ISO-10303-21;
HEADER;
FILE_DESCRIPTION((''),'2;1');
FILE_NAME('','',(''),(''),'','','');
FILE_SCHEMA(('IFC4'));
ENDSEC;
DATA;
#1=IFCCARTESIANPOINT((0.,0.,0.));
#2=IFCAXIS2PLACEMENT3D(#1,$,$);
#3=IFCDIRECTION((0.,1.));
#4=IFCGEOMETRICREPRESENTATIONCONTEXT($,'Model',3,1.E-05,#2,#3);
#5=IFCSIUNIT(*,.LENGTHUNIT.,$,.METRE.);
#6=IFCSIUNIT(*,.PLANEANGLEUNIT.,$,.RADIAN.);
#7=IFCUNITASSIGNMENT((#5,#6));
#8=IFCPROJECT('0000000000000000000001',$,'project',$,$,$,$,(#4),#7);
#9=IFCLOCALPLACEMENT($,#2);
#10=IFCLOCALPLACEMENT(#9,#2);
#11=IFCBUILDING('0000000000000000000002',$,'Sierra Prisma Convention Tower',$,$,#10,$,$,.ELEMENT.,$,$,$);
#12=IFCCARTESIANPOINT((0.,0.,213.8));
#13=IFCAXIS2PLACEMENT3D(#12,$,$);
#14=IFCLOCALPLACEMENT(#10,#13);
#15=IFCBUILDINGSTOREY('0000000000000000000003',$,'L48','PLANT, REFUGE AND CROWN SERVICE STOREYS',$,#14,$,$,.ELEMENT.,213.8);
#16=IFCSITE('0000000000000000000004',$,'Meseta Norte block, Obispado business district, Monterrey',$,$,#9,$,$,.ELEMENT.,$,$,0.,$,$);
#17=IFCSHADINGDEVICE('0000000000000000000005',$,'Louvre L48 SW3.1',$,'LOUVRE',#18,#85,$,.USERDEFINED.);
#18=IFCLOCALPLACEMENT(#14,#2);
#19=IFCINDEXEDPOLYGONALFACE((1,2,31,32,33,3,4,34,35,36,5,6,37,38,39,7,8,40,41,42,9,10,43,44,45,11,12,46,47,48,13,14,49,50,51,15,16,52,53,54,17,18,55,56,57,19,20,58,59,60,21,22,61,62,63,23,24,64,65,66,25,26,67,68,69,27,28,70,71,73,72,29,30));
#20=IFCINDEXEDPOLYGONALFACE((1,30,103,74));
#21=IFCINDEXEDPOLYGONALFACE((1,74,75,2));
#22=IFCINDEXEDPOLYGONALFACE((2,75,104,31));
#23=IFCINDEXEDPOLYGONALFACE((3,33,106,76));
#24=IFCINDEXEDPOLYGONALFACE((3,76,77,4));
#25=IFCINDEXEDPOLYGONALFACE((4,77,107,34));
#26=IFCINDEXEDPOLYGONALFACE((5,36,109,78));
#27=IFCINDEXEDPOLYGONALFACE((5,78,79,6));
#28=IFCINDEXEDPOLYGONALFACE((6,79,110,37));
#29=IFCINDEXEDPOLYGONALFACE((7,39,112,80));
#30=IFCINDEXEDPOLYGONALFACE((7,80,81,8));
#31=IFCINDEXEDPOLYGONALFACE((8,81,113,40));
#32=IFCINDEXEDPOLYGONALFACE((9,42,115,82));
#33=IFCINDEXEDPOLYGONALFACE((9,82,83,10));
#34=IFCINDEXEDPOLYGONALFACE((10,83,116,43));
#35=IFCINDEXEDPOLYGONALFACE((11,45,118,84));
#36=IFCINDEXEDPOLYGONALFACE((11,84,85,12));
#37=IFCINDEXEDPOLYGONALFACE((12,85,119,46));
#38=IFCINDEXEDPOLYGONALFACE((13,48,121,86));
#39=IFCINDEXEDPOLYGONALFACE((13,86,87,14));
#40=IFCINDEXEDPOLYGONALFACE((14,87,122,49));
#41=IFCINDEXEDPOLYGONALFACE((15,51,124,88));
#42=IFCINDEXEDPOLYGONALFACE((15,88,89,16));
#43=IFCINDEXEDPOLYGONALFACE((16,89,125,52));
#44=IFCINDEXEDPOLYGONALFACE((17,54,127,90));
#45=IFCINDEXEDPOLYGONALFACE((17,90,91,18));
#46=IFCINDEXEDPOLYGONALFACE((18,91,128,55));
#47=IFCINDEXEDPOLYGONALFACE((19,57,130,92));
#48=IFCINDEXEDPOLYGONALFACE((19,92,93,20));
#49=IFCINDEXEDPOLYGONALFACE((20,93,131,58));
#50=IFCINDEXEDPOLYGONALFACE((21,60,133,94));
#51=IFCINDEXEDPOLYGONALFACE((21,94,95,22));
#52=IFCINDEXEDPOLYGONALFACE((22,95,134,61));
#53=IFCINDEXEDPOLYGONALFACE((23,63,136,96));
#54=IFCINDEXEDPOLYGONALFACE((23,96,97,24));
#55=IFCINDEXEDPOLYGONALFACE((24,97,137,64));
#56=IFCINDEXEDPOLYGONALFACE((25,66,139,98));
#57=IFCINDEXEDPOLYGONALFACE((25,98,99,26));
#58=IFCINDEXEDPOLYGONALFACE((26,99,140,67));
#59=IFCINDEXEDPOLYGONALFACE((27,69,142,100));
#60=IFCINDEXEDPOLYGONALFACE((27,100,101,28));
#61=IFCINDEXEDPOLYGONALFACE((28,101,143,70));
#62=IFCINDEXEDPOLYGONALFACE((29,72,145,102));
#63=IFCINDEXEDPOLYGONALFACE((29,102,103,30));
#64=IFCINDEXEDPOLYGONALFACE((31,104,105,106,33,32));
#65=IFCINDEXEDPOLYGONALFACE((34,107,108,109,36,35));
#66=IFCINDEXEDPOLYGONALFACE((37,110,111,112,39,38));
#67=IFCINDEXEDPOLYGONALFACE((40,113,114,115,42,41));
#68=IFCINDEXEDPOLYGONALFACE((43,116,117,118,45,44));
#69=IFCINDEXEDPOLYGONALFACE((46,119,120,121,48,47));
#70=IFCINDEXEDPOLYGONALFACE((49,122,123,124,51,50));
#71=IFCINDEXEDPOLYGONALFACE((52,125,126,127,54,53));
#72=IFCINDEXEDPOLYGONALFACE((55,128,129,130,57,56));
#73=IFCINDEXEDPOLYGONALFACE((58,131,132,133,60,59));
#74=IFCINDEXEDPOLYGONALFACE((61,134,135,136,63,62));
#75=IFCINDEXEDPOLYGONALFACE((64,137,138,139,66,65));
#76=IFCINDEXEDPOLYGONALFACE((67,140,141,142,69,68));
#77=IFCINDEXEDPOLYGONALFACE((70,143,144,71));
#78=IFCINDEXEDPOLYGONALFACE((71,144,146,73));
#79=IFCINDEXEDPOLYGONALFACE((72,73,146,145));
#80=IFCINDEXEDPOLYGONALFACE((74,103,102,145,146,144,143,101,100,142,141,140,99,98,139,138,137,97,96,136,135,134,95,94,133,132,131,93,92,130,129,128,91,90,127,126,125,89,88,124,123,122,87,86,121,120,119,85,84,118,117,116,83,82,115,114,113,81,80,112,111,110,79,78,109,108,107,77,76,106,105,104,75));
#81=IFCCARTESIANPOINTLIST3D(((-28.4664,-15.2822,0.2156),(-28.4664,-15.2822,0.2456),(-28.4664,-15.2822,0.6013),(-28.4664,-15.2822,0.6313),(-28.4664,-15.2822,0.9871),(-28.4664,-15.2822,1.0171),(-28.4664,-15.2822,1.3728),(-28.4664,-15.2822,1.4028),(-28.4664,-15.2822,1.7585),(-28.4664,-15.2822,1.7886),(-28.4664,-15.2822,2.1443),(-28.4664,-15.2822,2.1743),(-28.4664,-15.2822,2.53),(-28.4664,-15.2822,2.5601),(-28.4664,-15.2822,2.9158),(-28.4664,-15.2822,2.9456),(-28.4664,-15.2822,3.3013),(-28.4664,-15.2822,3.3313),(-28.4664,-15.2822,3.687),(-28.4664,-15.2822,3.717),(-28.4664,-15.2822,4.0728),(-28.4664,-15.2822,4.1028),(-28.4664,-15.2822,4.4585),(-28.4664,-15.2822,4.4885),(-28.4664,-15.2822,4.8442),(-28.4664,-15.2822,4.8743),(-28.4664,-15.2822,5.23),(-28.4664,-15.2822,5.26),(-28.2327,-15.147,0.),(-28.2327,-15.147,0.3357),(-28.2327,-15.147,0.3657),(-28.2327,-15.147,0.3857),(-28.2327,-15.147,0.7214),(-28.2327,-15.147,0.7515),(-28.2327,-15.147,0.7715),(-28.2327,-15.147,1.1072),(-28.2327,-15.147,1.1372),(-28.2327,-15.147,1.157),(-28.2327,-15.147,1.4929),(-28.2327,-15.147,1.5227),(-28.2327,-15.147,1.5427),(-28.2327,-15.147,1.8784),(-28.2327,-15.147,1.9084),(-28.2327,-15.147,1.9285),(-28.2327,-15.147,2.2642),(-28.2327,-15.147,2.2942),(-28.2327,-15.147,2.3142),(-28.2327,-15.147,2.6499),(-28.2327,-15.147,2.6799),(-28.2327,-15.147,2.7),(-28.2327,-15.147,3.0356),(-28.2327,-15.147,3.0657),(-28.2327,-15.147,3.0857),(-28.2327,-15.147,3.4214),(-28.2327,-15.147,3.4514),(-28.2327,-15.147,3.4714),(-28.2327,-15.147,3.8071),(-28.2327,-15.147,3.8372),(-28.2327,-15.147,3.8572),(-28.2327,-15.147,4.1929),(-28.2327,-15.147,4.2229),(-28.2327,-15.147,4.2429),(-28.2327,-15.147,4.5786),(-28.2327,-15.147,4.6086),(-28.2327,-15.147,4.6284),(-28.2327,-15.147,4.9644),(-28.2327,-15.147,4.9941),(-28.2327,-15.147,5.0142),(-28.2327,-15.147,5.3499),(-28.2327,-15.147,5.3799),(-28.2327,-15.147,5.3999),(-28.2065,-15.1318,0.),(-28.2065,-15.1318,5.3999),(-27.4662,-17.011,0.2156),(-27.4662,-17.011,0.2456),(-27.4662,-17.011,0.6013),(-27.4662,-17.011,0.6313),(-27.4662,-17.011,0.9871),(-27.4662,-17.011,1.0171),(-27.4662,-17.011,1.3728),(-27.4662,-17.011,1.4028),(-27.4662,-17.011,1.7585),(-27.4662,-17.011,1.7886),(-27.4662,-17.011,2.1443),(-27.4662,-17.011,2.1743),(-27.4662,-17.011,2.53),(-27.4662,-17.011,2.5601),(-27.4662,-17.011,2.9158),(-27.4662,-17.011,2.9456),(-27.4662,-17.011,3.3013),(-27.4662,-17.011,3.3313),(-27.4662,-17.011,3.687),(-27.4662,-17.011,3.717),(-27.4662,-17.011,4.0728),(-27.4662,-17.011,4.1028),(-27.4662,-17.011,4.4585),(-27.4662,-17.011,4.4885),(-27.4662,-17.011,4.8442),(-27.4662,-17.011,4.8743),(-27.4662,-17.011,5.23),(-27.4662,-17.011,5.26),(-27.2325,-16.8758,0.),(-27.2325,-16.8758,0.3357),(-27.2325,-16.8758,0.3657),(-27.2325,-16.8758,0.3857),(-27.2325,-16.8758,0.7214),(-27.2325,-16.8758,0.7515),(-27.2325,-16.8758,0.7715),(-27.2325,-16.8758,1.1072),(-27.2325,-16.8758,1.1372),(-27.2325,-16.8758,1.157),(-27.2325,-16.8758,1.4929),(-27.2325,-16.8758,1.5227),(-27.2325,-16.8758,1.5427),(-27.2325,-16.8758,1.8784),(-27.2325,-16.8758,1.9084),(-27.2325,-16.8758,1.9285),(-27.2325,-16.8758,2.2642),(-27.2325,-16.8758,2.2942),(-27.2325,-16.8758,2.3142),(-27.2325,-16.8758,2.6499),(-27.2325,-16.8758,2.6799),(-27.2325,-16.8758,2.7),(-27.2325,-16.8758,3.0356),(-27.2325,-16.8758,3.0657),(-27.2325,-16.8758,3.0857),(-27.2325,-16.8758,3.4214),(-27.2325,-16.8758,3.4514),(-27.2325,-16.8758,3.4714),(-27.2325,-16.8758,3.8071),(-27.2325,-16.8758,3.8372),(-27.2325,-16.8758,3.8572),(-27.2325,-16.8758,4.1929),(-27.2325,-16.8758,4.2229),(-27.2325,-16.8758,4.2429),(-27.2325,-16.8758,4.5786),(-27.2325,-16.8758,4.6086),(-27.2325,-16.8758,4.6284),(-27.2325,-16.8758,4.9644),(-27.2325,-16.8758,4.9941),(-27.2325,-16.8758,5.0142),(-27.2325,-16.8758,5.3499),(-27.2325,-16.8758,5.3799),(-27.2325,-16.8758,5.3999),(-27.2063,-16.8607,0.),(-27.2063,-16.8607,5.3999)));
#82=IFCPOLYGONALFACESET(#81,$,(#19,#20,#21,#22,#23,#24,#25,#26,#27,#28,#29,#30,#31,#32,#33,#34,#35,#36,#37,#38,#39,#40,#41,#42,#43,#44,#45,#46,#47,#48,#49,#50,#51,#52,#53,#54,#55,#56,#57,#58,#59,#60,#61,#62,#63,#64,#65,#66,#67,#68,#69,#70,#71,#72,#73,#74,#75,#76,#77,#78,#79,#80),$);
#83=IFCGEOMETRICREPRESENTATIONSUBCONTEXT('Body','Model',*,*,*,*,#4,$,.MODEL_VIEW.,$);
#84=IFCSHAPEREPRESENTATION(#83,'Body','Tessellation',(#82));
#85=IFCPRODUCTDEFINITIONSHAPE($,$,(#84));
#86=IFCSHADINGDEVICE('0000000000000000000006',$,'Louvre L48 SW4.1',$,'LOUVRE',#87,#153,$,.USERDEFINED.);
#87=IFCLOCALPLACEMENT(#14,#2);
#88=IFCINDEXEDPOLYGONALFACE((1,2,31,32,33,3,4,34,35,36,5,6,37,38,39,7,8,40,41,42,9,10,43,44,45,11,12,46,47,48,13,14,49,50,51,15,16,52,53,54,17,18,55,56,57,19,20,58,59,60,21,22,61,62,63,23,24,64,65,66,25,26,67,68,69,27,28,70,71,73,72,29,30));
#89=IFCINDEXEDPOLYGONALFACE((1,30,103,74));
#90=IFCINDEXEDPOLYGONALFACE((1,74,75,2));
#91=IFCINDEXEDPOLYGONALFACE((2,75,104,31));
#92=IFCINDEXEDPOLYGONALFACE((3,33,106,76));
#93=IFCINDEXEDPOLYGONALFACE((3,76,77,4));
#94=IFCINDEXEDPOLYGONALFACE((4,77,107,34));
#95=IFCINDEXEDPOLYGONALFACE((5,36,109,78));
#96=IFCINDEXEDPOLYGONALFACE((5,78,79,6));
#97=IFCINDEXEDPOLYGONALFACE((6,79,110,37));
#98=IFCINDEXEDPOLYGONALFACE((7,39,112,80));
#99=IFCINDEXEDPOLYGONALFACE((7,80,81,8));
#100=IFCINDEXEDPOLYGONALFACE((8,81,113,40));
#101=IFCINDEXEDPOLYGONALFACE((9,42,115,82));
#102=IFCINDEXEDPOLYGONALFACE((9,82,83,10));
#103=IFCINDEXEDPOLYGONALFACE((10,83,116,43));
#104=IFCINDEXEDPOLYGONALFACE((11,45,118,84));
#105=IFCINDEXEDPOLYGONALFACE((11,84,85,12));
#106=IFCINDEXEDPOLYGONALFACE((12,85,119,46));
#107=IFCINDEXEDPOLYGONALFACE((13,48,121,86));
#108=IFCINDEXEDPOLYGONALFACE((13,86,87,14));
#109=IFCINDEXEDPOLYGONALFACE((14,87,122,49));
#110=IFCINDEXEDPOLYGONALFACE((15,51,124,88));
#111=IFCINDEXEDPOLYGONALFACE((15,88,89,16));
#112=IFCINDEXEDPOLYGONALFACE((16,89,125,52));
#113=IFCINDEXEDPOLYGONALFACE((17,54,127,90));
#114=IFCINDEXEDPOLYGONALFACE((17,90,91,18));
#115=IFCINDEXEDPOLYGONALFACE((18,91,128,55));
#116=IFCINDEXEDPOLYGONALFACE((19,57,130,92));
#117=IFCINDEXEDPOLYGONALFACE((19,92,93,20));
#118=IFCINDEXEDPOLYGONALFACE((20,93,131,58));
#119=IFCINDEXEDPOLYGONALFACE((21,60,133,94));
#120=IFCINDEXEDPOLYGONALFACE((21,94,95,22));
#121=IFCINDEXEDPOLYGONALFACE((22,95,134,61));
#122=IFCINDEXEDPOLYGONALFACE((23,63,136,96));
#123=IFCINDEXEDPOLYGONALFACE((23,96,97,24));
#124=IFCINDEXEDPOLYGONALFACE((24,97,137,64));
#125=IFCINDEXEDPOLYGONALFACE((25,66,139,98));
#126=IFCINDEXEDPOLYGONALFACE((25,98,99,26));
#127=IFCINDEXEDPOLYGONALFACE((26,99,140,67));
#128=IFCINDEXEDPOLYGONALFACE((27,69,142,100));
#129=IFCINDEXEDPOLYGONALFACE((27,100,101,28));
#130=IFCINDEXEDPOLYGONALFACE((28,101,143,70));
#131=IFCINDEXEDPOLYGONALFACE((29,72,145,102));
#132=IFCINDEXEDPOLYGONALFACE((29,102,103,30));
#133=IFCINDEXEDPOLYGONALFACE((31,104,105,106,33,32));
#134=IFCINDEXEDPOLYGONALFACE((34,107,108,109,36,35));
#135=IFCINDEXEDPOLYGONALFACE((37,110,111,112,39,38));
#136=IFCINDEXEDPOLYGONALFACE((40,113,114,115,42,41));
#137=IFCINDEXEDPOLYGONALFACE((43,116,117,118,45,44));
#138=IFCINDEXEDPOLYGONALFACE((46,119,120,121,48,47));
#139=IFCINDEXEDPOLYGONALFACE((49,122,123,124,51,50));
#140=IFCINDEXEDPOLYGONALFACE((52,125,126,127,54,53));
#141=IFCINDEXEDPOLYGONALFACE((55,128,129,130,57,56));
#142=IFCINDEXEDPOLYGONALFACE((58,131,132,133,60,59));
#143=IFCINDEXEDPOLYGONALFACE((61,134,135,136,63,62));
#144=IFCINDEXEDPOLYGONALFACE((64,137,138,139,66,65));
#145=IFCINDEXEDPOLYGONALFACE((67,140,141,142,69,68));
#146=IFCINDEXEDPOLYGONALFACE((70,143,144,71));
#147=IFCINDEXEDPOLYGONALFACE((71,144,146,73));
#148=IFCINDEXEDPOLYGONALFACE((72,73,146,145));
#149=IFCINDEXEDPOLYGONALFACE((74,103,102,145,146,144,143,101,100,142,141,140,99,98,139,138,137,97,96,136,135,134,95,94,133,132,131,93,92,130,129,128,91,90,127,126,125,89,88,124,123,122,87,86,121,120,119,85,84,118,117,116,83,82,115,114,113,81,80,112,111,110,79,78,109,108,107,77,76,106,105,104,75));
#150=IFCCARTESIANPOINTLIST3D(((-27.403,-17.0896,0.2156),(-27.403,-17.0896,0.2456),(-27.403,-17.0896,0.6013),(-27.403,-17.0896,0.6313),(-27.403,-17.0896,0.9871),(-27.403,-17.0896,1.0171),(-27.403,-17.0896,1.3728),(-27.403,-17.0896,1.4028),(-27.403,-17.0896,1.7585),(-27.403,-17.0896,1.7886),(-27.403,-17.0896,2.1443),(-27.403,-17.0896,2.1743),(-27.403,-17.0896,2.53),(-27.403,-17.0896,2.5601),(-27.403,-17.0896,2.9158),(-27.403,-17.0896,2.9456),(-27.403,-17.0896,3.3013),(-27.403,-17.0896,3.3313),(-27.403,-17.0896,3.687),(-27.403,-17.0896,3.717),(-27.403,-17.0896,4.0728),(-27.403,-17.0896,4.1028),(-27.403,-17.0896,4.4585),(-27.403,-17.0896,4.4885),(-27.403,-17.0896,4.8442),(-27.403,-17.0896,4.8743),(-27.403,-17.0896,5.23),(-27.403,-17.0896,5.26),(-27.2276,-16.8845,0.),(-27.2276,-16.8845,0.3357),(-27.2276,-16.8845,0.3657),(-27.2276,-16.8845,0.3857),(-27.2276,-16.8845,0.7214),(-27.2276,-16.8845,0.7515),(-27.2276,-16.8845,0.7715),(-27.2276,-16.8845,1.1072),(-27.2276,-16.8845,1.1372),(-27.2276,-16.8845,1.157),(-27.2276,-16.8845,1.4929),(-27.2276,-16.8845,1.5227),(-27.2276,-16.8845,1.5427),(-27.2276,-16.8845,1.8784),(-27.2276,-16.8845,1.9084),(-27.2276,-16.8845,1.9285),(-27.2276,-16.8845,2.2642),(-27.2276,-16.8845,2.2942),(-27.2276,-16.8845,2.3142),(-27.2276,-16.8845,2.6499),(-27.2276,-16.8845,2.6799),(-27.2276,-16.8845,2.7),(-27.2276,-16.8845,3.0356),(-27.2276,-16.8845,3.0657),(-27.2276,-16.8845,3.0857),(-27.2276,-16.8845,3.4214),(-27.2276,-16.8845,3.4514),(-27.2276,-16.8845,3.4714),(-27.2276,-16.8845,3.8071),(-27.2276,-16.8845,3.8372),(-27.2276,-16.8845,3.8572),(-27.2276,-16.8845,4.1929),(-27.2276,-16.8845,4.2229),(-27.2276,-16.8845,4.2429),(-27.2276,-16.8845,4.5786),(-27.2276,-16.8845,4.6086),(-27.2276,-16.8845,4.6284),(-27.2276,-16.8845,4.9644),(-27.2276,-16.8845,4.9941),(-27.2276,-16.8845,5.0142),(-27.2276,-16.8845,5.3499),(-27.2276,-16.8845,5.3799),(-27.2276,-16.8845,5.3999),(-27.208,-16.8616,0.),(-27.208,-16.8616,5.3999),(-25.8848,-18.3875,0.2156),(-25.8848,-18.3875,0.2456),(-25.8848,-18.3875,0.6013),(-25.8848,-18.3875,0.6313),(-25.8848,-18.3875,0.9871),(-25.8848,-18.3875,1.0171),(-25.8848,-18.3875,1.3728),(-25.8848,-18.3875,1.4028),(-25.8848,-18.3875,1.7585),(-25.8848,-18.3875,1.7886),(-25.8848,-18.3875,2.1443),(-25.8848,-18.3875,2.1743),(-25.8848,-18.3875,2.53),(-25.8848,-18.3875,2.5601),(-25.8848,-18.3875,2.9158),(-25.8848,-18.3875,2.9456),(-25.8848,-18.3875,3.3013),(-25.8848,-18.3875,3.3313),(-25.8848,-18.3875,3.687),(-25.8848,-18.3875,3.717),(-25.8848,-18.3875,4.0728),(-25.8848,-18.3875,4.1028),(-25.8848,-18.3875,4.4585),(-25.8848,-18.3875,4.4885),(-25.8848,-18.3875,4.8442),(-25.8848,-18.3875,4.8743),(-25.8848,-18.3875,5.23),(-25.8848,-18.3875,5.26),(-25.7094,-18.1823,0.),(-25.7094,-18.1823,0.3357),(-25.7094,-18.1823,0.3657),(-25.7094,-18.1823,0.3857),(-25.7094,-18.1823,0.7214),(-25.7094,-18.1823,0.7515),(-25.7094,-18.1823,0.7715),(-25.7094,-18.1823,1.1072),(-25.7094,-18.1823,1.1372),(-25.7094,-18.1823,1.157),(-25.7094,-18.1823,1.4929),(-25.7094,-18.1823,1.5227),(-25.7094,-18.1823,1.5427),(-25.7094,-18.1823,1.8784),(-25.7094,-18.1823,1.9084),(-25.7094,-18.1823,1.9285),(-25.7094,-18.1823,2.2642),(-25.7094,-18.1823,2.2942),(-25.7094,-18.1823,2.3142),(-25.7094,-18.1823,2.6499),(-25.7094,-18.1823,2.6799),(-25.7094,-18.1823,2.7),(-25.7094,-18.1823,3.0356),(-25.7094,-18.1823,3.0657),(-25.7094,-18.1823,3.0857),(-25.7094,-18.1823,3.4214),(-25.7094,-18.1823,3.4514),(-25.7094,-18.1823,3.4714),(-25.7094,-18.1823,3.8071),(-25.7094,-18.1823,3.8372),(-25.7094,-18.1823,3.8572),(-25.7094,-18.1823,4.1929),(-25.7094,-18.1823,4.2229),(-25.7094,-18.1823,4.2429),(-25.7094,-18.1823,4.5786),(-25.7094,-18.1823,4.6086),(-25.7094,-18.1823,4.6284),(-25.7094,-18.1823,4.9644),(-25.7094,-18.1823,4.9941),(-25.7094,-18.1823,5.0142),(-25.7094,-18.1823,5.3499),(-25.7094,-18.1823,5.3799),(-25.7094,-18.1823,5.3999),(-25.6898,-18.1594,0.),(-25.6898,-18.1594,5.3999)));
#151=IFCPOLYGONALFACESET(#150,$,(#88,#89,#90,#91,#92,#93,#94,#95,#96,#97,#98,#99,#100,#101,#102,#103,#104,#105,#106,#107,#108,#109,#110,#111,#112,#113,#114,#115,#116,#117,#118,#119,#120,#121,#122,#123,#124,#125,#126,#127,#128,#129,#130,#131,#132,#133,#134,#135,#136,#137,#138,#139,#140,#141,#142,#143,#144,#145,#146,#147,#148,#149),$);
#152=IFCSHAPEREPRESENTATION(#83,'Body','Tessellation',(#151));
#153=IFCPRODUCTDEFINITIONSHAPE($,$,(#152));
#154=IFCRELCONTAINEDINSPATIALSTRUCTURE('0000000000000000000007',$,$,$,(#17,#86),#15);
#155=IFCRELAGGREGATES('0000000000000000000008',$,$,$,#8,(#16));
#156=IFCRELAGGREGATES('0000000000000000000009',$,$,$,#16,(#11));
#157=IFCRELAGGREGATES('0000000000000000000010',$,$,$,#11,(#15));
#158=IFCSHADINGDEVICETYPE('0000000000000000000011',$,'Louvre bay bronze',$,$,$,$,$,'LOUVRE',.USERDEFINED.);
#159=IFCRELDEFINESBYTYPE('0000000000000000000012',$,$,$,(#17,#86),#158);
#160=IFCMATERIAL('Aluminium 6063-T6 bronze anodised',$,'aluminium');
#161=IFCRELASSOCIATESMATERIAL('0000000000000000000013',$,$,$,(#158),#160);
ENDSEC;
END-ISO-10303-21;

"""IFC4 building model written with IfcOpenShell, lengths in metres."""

from ifc_helpers import new_model, si_unit, direction, frame, origin, place, context, subcontext, project, spatial, polyline, outline, extrude, material, type_object, element, save


model = new_model("IFC4")

# Units and contexts
model_context = context("Model", 3, precision=1e-05, world=origin(), true_north=direction((0.0, 1.0)))
body_context = subcontext(model_context, "Body", "Model", "MODEL_VIEW")
ifc_project = project(units=[si_unit("LENGTHUNIT", "METRE"), si_unit("PLANEANGLEUNIT", "RADIAN")], contexts=[model_context])

# Site, building, storey
site_placement = place(None, origin())
site = spatial("IfcSite", under=ifc_project, at=site_placement, Name="Meseta Norte block, Obispado business district, Monterrey", CompositionType="ELEMENT", RefElevation=0.0)
building_placement = place(site_placement, origin())
building = spatial("IfcBuilding", under=site, at=building_placement, Name="Sierra Prisma Convention Tower", CompositionType="ELEMENT")
storey_placement = place(building_placement, frame((0.0, 0.0, 213.8)))
storey = spatial("IfcBuildingStorey", under=building, at=storey_placement, Name="L48", Description="PLANT, REFUGE AND CROWN SERVICE STOREYS", CompositionType="ELEMENT", Elevation=213.8)

# Shading devices
ifc_material_1 = material(Name="Aluminium 6063-T6 bronze anodised", Category="aluminium")
shading_device_type = type_object("IfcShadingDeviceType", Name="Louvre bay bronze", ElementType="LOUVRE", PredefinedType="USERDEFINED", material=ifc_material_1)
shading_device_1_placement = place(storey_placement, frame((-28.2065, -15.1318, 0.0), z_axis=(-0.500771, 0.86558, 0.0), x_axis=(0.0, 0.0, 1.0)))
element("IfcShadingDevice", 1, at=shading_device_1_placement, inside=storey, type_object=shading_device_type, Name="Louvre L48 SW3.1", ObjectType="LOUVRE", PredefinedType="USERDEFINED", context=body_context, shape_type="SweptSolid", body=[
    extrude(outline(polyline([(0.0, 0.0), (5.3999, 0.0), (5.3999, -0.0302), (5.3799, -0.0302), (5.26, -0.3002), (5.23, -0.3002), (5.3499, -0.0302), (5.0142, -0.0302), (4.9941, -0.0302), (4.8743, -0.3002), (4.8442, -0.3002), (4.9644, -0.0302), (4.6284, -0.0302), (4.6086, -0.0302), (4.4885, -0.3002), (4.4585, -0.3002), (4.5786, -0.0302), (4.2429, -0.0302), (4.2229, -0.0302), (4.1028, -0.3002), (4.0728, -0.3002), (4.1929, -0.0302), (3.8572, -0.0302), (3.8372, -0.0302), (3.717, -0.3002), (3.687, -0.3002), (3.8071, -0.0302), (3.4714, -0.0302), (3.4514, -0.0302), (3.3313, -0.3002), (3.3013, -0.3002), (3.4214, -0.0302), (3.0857, -0.0302), (3.0657, -0.0302), (2.9456, -0.3002), (2.9158, -0.3002), (3.0356, -0.0302), (2.7, -0.0302), (2.6799, -0.0302), (2.5601, -0.3002), (2.53, -0.3002), (2.6499, -0.0302), (2.3142, -0.0302), (2.2942, -0.0302), (2.1743, -0.3002), (2.1443, -0.3002), (2.2642, -0.0302), (1.9285, -0.0302), (1.9084, -0.0302), (1.7886, -0.3002), (1.7585, -0.3002), (1.8784, -0.0302), (1.5427, -0.0302), (1.5227, -0.0302), (1.4028, -0.3002), (1.3728, -0.3002), (1.4929, -0.0302), (1.157, -0.0302), (1.1372, -0.0302), (1.0171, -0.3002), (0.9871, -0.3002), (1.1072, -0.0302), (0.7715, -0.0302), (0.7515, -0.0302), (0.6313, -0.3002), (0.6013, -0.3002), (0.7214, -0.0302), (0.3857, -0.0302), (0.3657, -0.0302), (0.2456, -0.3002), (0.2156, -0.3002), (0.3357, -0.0302), (0.0, -0.0302), (0.0, 0.0)])), origin(), (0.0, 0.0, -1.0), 1.9973),
])
shading_device_2_placement = place(storey_placement, frame((-27.208, -16.8616, 0.0), z_axis=(-0.760106, 0.649799, 0.0), x_axis=(0.0, 0.0, 1.0)))
element("IfcShadingDevice", 2, at=shading_device_2_placement, inside=storey, type_object=shading_device_type, Name="Louvre L48 SW4.1", ObjectType="LOUVRE", PredefinedType="USERDEFINED", context=body_context, shape_type="SweptSolid", body=[
    extrude(outline(polyline([(0.0, 0.0), (5.3999, 0.0), (5.3999, -0.0301), (5.3799, -0.0301), (5.26, -0.3), (5.23, -0.3), (5.3499, -0.0301), (5.0142, -0.0301), (4.9941, -0.0301), (4.8743, -0.3), (4.8442, -0.3), (4.9644, -0.0301), (4.6284, -0.0301), (4.6086, -0.0301), (4.4885, -0.3), (4.4585, -0.3), (4.5786, -0.0301), (4.2429, -0.0301), (4.2229, -0.0301), (4.1028, -0.3), (4.0728, -0.3), (4.1929, -0.0301), (3.8572, -0.0301), (3.8372, -0.0301), (3.717, -0.3), (3.687, -0.3), (3.8071, -0.0301), (3.4714, -0.0301), (3.4514, -0.0301), (3.3313, -0.3), (3.3013, -0.3), (3.4214, -0.0301), (3.0857, -0.0301), (3.0657, -0.0301), (2.9456, -0.3), (2.9158, -0.3), (3.0356, -0.0301), (2.7, -0.0301), (2.6799, -0.0301), (2.5601, -0.3), (2.53, -0.3), (2.6499, -0.0301), (2.3142, -0.0301), (2.2942, -0.0301), (2.1743, -0.3), (2.1443, -0.3), (2.2642, -0.0301), (1.9285, -0.0301), (1.9084, -0.0301), (1.7886, -0.3), (1.7585, -0.3), (1.8784, -0.0301), (1.5427, -0.0301), (1.5227, -0.0301), (1.4028, -0.3), (1.3728, -0.3), (1.4929, -0.0301), (1.157, -0.0301), (1.1372, -0.0301), (1.0171, -0.3), (0.9871, -0.3), (1.1072, -0.0301), (0.7715, -0.0301), (0.7515, -0.0301), (0.6313, -0.3), (0.6013, -0.3), (0.7214, -0.0301), (0.3857, -0.0301), (0.3657, -0.0301), (0.2456, -0.3), (0.2156, -0.3), (0.3357, -0.0301), (0.0, -0.0301), (0.0, 0.0)])), origin(), (0.0, 0.0, -1.0), 1.9973),
])

save(model, "model.ifc")
